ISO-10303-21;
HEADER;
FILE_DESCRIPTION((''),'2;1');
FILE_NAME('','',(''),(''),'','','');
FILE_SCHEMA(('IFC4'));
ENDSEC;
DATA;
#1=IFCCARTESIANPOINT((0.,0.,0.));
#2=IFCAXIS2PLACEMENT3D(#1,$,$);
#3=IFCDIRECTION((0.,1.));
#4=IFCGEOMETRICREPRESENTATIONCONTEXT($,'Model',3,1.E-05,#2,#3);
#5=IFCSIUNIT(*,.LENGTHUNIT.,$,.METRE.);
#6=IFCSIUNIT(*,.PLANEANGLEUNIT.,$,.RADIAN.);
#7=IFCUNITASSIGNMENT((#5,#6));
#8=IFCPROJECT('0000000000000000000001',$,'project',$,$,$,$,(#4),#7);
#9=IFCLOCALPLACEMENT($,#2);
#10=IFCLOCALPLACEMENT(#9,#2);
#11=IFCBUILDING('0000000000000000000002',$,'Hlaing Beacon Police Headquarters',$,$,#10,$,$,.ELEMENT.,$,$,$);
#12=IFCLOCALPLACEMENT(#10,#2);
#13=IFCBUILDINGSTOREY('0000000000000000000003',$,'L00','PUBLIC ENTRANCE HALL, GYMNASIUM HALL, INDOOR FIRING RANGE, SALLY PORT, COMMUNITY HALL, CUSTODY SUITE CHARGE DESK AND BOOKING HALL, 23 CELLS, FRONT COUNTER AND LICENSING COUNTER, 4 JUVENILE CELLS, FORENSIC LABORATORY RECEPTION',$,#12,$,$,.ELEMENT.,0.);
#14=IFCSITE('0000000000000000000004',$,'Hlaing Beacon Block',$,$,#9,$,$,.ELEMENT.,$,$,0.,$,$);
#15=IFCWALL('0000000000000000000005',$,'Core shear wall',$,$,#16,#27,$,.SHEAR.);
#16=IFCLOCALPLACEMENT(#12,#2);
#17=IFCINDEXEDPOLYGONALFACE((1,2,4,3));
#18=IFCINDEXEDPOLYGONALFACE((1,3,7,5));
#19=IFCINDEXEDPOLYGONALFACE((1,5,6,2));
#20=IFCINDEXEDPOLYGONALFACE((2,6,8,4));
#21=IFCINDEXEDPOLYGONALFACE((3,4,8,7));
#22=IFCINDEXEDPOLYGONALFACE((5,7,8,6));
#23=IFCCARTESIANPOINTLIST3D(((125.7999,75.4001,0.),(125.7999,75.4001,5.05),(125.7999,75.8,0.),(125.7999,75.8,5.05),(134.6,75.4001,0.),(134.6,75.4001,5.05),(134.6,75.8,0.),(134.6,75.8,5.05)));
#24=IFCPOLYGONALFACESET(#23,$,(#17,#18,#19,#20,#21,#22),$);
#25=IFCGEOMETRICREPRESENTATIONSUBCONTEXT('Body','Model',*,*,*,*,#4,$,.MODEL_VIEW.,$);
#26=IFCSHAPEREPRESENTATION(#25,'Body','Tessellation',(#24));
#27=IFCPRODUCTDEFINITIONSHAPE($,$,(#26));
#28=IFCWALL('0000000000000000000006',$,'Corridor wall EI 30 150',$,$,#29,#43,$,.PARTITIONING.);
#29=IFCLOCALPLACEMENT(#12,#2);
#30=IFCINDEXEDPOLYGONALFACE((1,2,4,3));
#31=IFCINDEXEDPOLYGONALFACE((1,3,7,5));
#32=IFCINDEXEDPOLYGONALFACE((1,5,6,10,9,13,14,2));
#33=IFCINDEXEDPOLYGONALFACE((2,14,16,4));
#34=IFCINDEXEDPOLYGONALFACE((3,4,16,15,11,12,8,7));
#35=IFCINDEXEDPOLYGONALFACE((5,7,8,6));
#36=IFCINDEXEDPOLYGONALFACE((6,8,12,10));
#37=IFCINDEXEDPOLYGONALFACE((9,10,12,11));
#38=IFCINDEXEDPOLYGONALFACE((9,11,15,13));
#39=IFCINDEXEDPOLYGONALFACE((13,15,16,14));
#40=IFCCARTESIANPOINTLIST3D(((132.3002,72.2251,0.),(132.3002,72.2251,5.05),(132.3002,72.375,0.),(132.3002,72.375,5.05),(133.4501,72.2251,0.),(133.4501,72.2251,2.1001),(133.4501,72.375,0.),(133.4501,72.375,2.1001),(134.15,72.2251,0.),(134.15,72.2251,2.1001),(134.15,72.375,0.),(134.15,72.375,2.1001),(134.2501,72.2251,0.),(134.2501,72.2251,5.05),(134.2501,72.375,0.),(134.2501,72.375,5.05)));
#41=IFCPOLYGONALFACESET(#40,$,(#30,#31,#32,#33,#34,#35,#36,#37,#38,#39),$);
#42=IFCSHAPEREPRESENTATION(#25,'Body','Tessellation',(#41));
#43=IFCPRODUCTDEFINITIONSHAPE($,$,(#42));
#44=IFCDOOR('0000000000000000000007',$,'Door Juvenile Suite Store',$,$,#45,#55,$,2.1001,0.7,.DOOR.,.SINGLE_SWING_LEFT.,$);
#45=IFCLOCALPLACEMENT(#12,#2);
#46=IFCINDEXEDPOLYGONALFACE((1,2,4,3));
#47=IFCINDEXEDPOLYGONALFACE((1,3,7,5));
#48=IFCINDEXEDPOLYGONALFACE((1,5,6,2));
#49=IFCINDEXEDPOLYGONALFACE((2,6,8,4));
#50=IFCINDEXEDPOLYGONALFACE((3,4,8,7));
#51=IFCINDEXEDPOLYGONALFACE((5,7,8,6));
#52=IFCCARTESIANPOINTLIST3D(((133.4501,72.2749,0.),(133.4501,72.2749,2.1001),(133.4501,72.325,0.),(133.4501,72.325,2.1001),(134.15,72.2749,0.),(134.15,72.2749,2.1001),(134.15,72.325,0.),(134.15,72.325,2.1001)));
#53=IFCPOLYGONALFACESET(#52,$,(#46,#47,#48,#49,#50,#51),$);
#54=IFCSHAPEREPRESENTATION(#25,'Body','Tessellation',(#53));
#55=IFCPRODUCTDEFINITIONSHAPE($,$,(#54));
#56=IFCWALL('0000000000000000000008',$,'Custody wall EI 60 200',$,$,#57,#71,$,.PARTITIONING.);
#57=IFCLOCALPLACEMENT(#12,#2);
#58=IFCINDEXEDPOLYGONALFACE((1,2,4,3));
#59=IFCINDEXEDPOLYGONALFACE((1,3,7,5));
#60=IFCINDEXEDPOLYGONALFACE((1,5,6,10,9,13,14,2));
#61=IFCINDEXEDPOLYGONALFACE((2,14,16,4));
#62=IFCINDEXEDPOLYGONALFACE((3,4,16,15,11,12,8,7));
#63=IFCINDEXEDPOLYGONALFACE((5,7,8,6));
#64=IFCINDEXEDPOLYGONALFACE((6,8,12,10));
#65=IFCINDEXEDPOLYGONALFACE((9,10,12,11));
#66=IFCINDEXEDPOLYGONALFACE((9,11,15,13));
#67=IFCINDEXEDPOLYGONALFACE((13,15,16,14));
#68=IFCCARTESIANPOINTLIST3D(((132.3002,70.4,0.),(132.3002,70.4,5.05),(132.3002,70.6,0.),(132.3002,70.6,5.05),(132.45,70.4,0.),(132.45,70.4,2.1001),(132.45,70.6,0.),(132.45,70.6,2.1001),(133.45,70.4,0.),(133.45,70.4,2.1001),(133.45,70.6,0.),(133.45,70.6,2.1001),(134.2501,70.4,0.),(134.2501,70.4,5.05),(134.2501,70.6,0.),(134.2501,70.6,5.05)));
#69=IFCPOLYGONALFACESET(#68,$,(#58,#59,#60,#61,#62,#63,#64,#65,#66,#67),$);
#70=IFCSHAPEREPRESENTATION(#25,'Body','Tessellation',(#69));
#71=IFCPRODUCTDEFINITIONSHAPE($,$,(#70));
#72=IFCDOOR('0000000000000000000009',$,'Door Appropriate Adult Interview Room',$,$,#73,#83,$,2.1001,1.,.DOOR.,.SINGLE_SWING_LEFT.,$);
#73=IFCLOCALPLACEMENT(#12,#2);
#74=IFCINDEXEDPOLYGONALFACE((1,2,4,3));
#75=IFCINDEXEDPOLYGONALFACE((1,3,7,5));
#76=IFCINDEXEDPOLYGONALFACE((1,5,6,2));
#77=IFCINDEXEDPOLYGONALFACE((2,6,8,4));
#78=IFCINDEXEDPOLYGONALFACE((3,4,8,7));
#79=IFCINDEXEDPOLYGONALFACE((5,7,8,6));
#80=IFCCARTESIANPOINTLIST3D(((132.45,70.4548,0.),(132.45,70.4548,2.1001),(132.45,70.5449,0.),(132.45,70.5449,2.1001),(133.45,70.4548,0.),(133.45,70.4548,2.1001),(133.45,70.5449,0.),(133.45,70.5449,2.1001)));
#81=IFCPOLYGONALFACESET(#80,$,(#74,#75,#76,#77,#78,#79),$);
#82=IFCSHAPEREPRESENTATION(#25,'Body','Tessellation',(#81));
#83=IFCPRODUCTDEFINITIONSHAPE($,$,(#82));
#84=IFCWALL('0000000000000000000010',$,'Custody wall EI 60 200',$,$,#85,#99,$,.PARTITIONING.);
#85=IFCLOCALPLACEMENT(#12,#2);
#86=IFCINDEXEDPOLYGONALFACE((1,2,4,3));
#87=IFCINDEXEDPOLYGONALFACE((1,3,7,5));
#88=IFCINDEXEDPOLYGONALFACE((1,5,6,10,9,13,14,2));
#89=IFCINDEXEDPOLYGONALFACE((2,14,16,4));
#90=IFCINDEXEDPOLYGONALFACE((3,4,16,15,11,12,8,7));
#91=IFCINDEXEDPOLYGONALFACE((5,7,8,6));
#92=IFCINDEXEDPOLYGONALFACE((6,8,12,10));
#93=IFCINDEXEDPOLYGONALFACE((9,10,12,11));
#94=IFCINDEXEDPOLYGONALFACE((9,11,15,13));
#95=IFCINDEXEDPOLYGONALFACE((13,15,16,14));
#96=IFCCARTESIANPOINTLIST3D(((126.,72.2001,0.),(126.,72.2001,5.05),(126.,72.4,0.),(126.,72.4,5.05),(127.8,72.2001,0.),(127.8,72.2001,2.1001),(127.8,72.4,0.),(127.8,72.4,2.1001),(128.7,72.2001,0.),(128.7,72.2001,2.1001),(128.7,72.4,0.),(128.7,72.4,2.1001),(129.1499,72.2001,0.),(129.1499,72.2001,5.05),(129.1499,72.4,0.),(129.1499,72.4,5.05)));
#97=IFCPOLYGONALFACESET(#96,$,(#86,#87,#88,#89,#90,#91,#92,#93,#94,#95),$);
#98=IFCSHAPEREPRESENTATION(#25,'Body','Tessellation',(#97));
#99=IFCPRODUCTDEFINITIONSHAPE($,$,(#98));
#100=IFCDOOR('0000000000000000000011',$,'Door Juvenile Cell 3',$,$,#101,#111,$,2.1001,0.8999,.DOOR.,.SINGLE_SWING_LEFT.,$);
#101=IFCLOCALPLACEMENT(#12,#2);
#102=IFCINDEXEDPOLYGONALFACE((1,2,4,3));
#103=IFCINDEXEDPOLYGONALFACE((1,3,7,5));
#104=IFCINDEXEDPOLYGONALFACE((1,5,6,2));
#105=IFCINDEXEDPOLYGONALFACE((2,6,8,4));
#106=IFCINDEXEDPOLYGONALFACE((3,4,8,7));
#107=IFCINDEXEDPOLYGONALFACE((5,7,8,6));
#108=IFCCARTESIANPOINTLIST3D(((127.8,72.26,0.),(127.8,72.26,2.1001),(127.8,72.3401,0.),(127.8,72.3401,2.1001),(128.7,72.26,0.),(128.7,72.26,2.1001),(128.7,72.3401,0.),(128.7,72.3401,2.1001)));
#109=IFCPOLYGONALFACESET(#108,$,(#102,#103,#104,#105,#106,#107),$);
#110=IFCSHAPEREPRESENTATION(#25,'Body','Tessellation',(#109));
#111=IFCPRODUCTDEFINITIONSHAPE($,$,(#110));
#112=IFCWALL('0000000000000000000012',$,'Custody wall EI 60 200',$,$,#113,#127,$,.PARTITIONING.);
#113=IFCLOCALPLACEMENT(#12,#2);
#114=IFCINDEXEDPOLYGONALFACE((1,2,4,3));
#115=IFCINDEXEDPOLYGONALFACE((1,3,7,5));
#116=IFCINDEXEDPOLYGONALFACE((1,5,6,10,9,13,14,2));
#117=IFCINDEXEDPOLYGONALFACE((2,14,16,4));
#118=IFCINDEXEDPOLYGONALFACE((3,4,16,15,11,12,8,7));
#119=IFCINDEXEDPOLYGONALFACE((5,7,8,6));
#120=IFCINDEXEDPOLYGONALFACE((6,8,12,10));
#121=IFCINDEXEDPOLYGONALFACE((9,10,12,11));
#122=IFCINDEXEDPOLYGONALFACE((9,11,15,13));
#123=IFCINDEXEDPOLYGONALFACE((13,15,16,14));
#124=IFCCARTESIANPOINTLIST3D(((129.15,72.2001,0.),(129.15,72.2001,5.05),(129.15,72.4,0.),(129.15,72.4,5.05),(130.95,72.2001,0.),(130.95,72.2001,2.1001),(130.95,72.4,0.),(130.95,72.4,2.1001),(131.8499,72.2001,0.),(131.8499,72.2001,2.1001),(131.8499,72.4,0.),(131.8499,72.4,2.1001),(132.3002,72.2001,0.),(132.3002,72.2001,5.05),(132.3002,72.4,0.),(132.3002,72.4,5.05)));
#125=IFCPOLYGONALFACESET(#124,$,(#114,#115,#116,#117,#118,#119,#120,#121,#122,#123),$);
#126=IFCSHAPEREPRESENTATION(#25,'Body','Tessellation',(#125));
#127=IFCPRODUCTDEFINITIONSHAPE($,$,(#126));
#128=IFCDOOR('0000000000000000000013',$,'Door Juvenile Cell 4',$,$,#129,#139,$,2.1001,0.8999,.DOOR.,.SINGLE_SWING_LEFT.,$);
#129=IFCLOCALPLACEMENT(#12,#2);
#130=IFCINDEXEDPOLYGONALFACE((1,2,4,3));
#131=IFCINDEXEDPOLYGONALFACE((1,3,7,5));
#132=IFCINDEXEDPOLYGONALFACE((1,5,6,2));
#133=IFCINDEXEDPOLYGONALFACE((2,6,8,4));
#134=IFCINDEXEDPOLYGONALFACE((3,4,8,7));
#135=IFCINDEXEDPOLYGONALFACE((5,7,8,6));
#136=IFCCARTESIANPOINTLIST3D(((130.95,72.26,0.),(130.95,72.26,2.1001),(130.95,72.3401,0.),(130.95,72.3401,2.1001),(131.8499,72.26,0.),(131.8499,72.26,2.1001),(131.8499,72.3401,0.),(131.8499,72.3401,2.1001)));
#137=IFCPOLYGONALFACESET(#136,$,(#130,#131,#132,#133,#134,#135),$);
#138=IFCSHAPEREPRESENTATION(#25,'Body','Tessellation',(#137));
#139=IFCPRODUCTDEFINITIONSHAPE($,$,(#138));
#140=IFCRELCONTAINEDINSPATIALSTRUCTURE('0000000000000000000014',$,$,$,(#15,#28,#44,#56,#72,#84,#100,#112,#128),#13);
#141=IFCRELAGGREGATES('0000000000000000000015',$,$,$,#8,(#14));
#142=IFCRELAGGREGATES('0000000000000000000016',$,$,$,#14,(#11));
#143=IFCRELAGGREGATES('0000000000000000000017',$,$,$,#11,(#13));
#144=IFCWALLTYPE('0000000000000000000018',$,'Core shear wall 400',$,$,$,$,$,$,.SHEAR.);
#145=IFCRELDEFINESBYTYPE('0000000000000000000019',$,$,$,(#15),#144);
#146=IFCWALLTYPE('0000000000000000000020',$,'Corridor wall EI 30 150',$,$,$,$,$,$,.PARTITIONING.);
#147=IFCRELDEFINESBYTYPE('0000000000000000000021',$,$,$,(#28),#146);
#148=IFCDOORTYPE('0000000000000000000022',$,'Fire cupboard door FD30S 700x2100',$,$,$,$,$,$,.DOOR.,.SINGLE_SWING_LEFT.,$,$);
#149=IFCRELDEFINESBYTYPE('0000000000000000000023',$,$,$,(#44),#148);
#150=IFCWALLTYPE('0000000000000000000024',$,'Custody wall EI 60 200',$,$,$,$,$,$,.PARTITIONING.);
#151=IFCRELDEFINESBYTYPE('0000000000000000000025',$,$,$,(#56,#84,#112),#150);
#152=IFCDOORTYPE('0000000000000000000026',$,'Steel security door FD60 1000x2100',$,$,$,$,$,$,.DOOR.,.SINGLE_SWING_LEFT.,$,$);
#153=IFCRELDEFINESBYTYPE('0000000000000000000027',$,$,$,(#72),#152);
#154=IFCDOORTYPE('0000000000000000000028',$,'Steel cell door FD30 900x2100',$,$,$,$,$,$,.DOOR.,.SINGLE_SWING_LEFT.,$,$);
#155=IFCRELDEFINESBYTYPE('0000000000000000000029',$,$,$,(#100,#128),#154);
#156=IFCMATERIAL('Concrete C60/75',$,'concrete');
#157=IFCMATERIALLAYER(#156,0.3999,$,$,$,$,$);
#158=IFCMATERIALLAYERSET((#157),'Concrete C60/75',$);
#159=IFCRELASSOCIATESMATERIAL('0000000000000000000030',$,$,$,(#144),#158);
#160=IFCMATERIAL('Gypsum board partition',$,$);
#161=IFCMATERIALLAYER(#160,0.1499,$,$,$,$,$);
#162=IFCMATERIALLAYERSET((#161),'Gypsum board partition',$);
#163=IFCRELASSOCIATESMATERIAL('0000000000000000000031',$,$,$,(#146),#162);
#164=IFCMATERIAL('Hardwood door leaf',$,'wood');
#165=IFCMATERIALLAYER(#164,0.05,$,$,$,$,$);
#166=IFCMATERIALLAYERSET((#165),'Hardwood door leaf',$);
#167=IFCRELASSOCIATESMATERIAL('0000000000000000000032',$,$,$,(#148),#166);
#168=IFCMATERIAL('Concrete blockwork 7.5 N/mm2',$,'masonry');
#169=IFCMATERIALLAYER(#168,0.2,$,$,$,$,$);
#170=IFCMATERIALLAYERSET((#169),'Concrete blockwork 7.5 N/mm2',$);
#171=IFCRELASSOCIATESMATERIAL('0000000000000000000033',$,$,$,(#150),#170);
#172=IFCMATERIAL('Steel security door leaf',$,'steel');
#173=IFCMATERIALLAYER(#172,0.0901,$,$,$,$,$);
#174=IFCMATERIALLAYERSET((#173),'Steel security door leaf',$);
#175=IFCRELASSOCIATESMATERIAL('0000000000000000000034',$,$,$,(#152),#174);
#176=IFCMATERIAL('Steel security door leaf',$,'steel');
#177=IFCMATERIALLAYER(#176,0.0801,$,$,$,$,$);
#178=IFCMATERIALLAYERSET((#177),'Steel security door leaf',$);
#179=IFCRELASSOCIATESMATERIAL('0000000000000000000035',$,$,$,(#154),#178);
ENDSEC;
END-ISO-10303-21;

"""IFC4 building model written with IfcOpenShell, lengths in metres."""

from ifc_helpers import new_model, si_unit, direction, frame, frame_2d, origin, place, context, subcontext, project, spatial, rectangle, extrude, material, layer, layer_set, type_object, element, fill, save


model = new_model("IFC4")

# Units and contexts
model_context = context("Model", 3, precision=1e-05, world=origin(), true_north=direction((0.0, 1.0)))
body_context = subcontext(model_context, "Body", "Model", "MODEL_VIEW")
ifc_project = project(units=[si_unit("LENGTHUNIT", "METRE"), si_unit("PLANEANGLEUNIT", "RADIAN")], contexts=[model_context])

# Site, building, storey
site_placement = place(None, origin())
site = spatial("IfcSite", under=ifc_project, at=site_placement, Name="Hlaing Beacon Block", CompositionType="ELEMENT", RefElevation=0.0)
building_placement = place(site_placement, origin())
building = spatial("IfcBuilding", under=site, at=building_placement, Name="Hlaing Beacon Police Headquarters", CompositionType="ELEMENT")
storey_placement = place(building_placement, origin())
storey = spatial("IfcBuildingStorey", under=building, at=storey_placement, Name="L00", Description="PUBLIC ENTRANCE HALL, GYMNASIUM HALL, INDOOR FIRING RANGE, SALLY PORT, COMMUNITY HALL, CUSTODY SUITE CHARGE DESK AND BOOKING HALL, 23 CELLS, FRONT COUNTER AND LICENSING COUNTER, 4 JUVENILE CELLS, FORENSIC LABORATORY RECEPTION", CompositionType="ELEMENT", Elevation=0.0)

# Wall
ifc_material_1 = material(Name="Concrete C60/75", Category="concrete")
ifc_layer_1 = layer(ifc_material_1, 0.3999)
ifc_layer_set_1 = layer_set([ifc_layer_1], Name="Concrete C60/75")
wall_type_1 = type_object("IfcWallType", Name="Core shear wall 400", PredefinedType="SHEAR", material=ifc_layer_set_1)
wall_1_placement = place(storey_placement, frame((125.8, 75.6001, 0.0), z_axis=(0.0, 0.0, 1.0), x_axis=(1.0, 0.0, 0.0)))
element("IfcWall", 1, at=wall_1_placement, inside=storey, type_object=wall_type_1, Name="Core shear wall", PredefinedType="SHEAR", context=body_context, shape_type="SweptSolid", body=[
    extrude(rectangle(XDim=8.8, YDim=0.3999, at=frame_2d((4.3999, 0.0))), origin(), (0.0, 0.0, 1.0), 5.05),
])

# Walls, openings, doors
ifc_material_2 = material(Name="Gypsum board partition")
ifc_layer_2 = layer(ifc_material_2, 0.1499)
ifc_layer_set_2 = layer_set([ifc_layer_2], Name="Gypsum board partition")
wall_type_2 = type_object("IfcWallType", Name="Corridor wall EI 30 150", PredefinedType="PARTITIONING", material=ifc_layer_set_2)
wall_2_placement = place(storey_placement, frame((132.3, 72.3, 0.0), z_axis=(0.0, 0.0, 1.0), x_axis=(1.0, 0.0, 0.0)))
wall_2 = element("IfcWall", 2, at=wall_2_placement, inside=storey, type_object=wall_type_2, Name="Corridor wall EI 30 150", PredefinedType="PARTITIONING", context=body_context, shape_type="SweptSolid", body=[
    extrude(rectangle(XDim=1.95, YDim=0.1499, at=frame_2d((0.9751, 0.0))), origin(), (0.0, 0.0, 1.0), 5.05),
])
opening_1_placement = place(wall_2_placement, frame((1.1499, 0.0, 0.0)))
opening_1 = element("IfcOpeningElement", 3, at=opening_1_placement, cuts=wall_2, PredefinedType="OPENING", context=body_context, shape_type="SweptSolid", body=[
    extrude(rectangle(XDim=0.7, YDim=2.1001, at=frame_2d((0.3501, 1.05))), frame((0.0, 0.085, 0.0), z_axis=(0.0, -1.0, 0.0), x_axis=(1.0, 0.0, 0.0)), (0.0, 0.0, 1.0), 0.1699),
])
ifc_material_3 = material(Name="Hardwood door leaf", Category="wood")
ifc_layer_3 = layer(ifc_material_3, 0.05)
ifc_layer_set_3 = layer_set([ifc_layer_3], Name="Hardwood door leaf")
door_type_1 = type_object("IfcDoorType", Name="Fire cupboard door FD30S 700x2100", OperationType="SINGLE_SWING_LEFT", PredefinedType="DOOR", material=ifc_layer_set_3)
door_1_placement = place(opening_1_placement, origin())
door_1 = element("IfcDoor", 4, at=door_1_placement, inside=storey, type_object=door_type_1, Name="Door Juvenile Suite Store", OperationType="SINGLE_SWING_LEFT", OverallHeight=2.1001, OverallWidth=0.7, PredefinedType="DOOR", context=body_context, shape_type="SweptSolid", body=[
    extrude(rectangle(XDim=0.7, YDim=2.1001, at=frame_2d((0.3501, 1.05))), frame((0.0, 0.0249, 0.0), z_axis=(0.0, -1.0, 0.0), x_axis=(1.0, 0.0, 0.0)), (0.0, 0.0, 1.0), 0.05),
])
fill(opening_1, door_1)
ifc_material_4 = material(Name="Concrete blockwork 7.5 N/mm2", Category="masonry")
ifc_layer_4 = layer(ifc_material_4, 0.2)
ifc_layer_set_4 = layer_set([ifc_layer_4], Name="Concrete blockwork 7.5 N/mm2")
wall_type_3 = type_object("IfcWallType", Name="Custody wall EI 60 200", PredefinedType="PARTITIONING", material=ifc_layer_set_4)
wall_3_placement = place(storey_placement, frame((132.3, 70.5, 0.0), z_axis=(0.0, 0.0, 1.0), x_axis=(1.0, 0.0, 0.0)))
wall_3 = element("IfcWall", 5, at=wall_3_placement, inside=storey, type_object=wall_type_3, Name="Custody wall EI 60 200", PredefinedType="PARTITIONING", context=body_context, shape_type="SweptSolid", body=[
    extrude(rectangle(XDim=1.95, YDim=0.2, at=frame_2d((0.9751, 0.0))), origin(), (0.0, 0.0, 1.0), 5.05),
])
opening_2_placement = place(wall_3_placement, frame((0.1499, 0.0, 0.0)))
opening_2 = element("IfcOpeningElement", 6, at=opening_2_placement, cuts=wall_3, PredefinedType="OPENING", context=body_context, shape_type="SweptSolid", body=[
    extrude(rectangle(XDim=1.0, YDim=2.1001, at=frame_2d((0.5, 1.05))), frame((0.0, 0.1099, 0.0), z_axis=(0.0, -1.0, 0.0), x_axis=(1.0, 0.0, 0.0)), (0.0, 0.0, 1.0), 0.22),
])
ifc_material_5 = material(Name="Steel security door leaf", Category="steel")
ifc_layer_5 = layer(ifc_material_5, 0.0901)
ifc_layer_set_5 = layer_set([ifc_layer_5], Name="Steel security door leaf")
door_type_2 = type_object("IfcDoorType", Name="Steel security door FD60 1000x2100", OperationType="SINGLE_SWING_LEFT", PredefinedType="DOOR", material=ifc_layer_set_5)
door_2_placement = place(opening_2_placement, frame((1.0, 0.0, 0.0), z_axis=(0.0, 0.0, 1.0), x_axis=(-1.0, 0.0, 0.0)))
door_2 = element("IfcDoor", 7, at=door_2_placement, inside=storey, type_object=door_type_2, Name="Door Appropriate Adult Interview Room", OperationType="SINGLE_SWING_LEFT", OverallHeight=2.1001, OverallWidth=1.0, PredefinedType="DOOR", context=body_context, shape_type="SweptSolid", body=[
    extrude(rectangle(XDim=1.0, YDim=2.1001, at=frame_2d((0.5, 1.05))), frame((0.0, 0.0452, 0.0), z_axis=(0.0, -1.0, 0.0), x_axis=(1.0, 0.0, 0.0)), (0.0, 0.0, 1.0), 0.0901),
])
fill(opening_2, door_2)
wall_4_placement = place(storey_placement, frame((126.0, 72.3, 0.0), z_axis=(0.0, 0.0, 1.0), x_axis=(1.0, 0.0, 0.0)))
wall_4 = element("IfcWall", 8, at=wall_4_placement, inside=storey, type_object=wall_type_3, Name="Custody wall EI 60 200", PredefinedType="PARTITIONING", context=body_context, shape_type="SweptSolid", body=[
    extrude(rectangle(XDim=3.1499, YDim=0.2, at=frame_2d((1.575, 0.0))), origin(), (0.0, 0.0, 1.0), 5.05),
])
opening_3_placement = place(wall_4_placement, frame((1.8, 0.0, 0.0)))
opening_3 = element("IfcOpeningElement", 9, at=opening_3_placement, cuts=wall_4, PredefinedType="OPENING", context=body_context, shape_type="SweptSolid", body=[
    extrude(rectangle(XDim=0.8999, YDim=2.1001, at=frame_2d((0.45, 1.05))), frame((0.0, 0.1099, 0.0), z_axis=(0.0, -1.0, 0.0), x_axis=(1.0, 0.0, 0.0)), (0.0, 0.0, 1.0), 0.22),
])
ifc_material_6 = material(Name="Steel security door leaf", Category="steel")
ifc_layer_6 = layer(ifc_material_6, 0.0801)
ifc_layer_set_6 = layer_set([ifc_layer_6], Name="Steel security door leaf")
door_type_3 = type_object("IfcDoorType", Name="Steel cell door FD30 900x2100", OperationType="SINGLE_SWING_LEFT", PredefinedType="DOOR", material=ifc_layer_set_6)
door_3_placement = place(opening_3_placement, origin())
door_3 = element("IfcDoor", 10, at=door_3_placement, inside=storey, type_object=door_type_3, Name="Door Juvenile Cell 3", OperationType="SINGLE_SWING_LEFT", OverallHeight=2.1001, OverallWidth=0.8999, PredefinedType="DOOR", context=body_context, shape_type="SweptSolid", body=[
    extrude(rectangle(XDim=0.8999, YDim=2.1001, at=frame_2d((0.45, 1.05))), frame((0.0, 0.04, 0.0), z_axis=(0.0, -1.0, 0.0), x_axis=(1.0, 0.0, 0.0)), (0.0, 0.0, 1.0), 0.0801),
])
fill(opening_3, door_3)
wall_5_placement = place(storey_placement, frame((129.1499, 72.3, 0.0), z_axis=(0.0, 0.0, 1.0), x_axis=(1.0, 0.0, 0.0)))
wall_5 = element("IfcWall", 11, at=wall_5_placement, inside=storey, type_object=wall_type_3, Name="Custody wall EI 60 200", PredefinedType="PARTITIONING", context=body_context, shape_type="SweptSolid", body=[
    extrude(rectangle(XDim=3.1501, YDim=0.2, at=frame_2d((1.5752, 0.0))), origin(), (0.0, 0.0, 1.0), 5.05),
])
opening_4_placement = place(wall_5_placement, frame((1.8, 0.0, 0.0)))
opening_4 = element("IfcOpeningElement", 12, at=opening_4_placement, cuts=wall_5, PredefinedType="OPENING", context=body_context, shape_type="SweptSolid", body=[
    extrude(rectangle(XDim=0.8999, YDim=2.1001, at=frame_2d((0.45, 1.05))), frame((0.0, 0.1099, 0.0), z_axis=(0.0, -1.0, 0.0), x_axis=(1.0, 0.0, 0.0)), (0.0, 0.0, 1.0), 0.22),
])
door_4_placement = place(opening_4_placement, origin())
door_4 = element("IfcDoor", 13, at=door_4_placement, inside=storey, type_object=door_type_3, Name="Door Juvenile Cell 4", OperationType="SINGLE_SWING_LEFT", OverallHeight=2.1001, OverallWidth=0.8999, PredefinedType="DOOR", context=body_context, shape_type="SweptSolid", body=[
    extrude(rectangle(XDim=0.8999, YDim=2.1001, at=frame_2d((0.45, 1.05))), frame((0.0, 0.04, 0.0), z_axis=(0.0, -1.0, 0.0), x_axis=(1.0, 0.0, 0.0)), (0.0, 0.0, 1.0), 0.0801),
])
fill(opening_4, door_4)

save(model, "model.ifc")
